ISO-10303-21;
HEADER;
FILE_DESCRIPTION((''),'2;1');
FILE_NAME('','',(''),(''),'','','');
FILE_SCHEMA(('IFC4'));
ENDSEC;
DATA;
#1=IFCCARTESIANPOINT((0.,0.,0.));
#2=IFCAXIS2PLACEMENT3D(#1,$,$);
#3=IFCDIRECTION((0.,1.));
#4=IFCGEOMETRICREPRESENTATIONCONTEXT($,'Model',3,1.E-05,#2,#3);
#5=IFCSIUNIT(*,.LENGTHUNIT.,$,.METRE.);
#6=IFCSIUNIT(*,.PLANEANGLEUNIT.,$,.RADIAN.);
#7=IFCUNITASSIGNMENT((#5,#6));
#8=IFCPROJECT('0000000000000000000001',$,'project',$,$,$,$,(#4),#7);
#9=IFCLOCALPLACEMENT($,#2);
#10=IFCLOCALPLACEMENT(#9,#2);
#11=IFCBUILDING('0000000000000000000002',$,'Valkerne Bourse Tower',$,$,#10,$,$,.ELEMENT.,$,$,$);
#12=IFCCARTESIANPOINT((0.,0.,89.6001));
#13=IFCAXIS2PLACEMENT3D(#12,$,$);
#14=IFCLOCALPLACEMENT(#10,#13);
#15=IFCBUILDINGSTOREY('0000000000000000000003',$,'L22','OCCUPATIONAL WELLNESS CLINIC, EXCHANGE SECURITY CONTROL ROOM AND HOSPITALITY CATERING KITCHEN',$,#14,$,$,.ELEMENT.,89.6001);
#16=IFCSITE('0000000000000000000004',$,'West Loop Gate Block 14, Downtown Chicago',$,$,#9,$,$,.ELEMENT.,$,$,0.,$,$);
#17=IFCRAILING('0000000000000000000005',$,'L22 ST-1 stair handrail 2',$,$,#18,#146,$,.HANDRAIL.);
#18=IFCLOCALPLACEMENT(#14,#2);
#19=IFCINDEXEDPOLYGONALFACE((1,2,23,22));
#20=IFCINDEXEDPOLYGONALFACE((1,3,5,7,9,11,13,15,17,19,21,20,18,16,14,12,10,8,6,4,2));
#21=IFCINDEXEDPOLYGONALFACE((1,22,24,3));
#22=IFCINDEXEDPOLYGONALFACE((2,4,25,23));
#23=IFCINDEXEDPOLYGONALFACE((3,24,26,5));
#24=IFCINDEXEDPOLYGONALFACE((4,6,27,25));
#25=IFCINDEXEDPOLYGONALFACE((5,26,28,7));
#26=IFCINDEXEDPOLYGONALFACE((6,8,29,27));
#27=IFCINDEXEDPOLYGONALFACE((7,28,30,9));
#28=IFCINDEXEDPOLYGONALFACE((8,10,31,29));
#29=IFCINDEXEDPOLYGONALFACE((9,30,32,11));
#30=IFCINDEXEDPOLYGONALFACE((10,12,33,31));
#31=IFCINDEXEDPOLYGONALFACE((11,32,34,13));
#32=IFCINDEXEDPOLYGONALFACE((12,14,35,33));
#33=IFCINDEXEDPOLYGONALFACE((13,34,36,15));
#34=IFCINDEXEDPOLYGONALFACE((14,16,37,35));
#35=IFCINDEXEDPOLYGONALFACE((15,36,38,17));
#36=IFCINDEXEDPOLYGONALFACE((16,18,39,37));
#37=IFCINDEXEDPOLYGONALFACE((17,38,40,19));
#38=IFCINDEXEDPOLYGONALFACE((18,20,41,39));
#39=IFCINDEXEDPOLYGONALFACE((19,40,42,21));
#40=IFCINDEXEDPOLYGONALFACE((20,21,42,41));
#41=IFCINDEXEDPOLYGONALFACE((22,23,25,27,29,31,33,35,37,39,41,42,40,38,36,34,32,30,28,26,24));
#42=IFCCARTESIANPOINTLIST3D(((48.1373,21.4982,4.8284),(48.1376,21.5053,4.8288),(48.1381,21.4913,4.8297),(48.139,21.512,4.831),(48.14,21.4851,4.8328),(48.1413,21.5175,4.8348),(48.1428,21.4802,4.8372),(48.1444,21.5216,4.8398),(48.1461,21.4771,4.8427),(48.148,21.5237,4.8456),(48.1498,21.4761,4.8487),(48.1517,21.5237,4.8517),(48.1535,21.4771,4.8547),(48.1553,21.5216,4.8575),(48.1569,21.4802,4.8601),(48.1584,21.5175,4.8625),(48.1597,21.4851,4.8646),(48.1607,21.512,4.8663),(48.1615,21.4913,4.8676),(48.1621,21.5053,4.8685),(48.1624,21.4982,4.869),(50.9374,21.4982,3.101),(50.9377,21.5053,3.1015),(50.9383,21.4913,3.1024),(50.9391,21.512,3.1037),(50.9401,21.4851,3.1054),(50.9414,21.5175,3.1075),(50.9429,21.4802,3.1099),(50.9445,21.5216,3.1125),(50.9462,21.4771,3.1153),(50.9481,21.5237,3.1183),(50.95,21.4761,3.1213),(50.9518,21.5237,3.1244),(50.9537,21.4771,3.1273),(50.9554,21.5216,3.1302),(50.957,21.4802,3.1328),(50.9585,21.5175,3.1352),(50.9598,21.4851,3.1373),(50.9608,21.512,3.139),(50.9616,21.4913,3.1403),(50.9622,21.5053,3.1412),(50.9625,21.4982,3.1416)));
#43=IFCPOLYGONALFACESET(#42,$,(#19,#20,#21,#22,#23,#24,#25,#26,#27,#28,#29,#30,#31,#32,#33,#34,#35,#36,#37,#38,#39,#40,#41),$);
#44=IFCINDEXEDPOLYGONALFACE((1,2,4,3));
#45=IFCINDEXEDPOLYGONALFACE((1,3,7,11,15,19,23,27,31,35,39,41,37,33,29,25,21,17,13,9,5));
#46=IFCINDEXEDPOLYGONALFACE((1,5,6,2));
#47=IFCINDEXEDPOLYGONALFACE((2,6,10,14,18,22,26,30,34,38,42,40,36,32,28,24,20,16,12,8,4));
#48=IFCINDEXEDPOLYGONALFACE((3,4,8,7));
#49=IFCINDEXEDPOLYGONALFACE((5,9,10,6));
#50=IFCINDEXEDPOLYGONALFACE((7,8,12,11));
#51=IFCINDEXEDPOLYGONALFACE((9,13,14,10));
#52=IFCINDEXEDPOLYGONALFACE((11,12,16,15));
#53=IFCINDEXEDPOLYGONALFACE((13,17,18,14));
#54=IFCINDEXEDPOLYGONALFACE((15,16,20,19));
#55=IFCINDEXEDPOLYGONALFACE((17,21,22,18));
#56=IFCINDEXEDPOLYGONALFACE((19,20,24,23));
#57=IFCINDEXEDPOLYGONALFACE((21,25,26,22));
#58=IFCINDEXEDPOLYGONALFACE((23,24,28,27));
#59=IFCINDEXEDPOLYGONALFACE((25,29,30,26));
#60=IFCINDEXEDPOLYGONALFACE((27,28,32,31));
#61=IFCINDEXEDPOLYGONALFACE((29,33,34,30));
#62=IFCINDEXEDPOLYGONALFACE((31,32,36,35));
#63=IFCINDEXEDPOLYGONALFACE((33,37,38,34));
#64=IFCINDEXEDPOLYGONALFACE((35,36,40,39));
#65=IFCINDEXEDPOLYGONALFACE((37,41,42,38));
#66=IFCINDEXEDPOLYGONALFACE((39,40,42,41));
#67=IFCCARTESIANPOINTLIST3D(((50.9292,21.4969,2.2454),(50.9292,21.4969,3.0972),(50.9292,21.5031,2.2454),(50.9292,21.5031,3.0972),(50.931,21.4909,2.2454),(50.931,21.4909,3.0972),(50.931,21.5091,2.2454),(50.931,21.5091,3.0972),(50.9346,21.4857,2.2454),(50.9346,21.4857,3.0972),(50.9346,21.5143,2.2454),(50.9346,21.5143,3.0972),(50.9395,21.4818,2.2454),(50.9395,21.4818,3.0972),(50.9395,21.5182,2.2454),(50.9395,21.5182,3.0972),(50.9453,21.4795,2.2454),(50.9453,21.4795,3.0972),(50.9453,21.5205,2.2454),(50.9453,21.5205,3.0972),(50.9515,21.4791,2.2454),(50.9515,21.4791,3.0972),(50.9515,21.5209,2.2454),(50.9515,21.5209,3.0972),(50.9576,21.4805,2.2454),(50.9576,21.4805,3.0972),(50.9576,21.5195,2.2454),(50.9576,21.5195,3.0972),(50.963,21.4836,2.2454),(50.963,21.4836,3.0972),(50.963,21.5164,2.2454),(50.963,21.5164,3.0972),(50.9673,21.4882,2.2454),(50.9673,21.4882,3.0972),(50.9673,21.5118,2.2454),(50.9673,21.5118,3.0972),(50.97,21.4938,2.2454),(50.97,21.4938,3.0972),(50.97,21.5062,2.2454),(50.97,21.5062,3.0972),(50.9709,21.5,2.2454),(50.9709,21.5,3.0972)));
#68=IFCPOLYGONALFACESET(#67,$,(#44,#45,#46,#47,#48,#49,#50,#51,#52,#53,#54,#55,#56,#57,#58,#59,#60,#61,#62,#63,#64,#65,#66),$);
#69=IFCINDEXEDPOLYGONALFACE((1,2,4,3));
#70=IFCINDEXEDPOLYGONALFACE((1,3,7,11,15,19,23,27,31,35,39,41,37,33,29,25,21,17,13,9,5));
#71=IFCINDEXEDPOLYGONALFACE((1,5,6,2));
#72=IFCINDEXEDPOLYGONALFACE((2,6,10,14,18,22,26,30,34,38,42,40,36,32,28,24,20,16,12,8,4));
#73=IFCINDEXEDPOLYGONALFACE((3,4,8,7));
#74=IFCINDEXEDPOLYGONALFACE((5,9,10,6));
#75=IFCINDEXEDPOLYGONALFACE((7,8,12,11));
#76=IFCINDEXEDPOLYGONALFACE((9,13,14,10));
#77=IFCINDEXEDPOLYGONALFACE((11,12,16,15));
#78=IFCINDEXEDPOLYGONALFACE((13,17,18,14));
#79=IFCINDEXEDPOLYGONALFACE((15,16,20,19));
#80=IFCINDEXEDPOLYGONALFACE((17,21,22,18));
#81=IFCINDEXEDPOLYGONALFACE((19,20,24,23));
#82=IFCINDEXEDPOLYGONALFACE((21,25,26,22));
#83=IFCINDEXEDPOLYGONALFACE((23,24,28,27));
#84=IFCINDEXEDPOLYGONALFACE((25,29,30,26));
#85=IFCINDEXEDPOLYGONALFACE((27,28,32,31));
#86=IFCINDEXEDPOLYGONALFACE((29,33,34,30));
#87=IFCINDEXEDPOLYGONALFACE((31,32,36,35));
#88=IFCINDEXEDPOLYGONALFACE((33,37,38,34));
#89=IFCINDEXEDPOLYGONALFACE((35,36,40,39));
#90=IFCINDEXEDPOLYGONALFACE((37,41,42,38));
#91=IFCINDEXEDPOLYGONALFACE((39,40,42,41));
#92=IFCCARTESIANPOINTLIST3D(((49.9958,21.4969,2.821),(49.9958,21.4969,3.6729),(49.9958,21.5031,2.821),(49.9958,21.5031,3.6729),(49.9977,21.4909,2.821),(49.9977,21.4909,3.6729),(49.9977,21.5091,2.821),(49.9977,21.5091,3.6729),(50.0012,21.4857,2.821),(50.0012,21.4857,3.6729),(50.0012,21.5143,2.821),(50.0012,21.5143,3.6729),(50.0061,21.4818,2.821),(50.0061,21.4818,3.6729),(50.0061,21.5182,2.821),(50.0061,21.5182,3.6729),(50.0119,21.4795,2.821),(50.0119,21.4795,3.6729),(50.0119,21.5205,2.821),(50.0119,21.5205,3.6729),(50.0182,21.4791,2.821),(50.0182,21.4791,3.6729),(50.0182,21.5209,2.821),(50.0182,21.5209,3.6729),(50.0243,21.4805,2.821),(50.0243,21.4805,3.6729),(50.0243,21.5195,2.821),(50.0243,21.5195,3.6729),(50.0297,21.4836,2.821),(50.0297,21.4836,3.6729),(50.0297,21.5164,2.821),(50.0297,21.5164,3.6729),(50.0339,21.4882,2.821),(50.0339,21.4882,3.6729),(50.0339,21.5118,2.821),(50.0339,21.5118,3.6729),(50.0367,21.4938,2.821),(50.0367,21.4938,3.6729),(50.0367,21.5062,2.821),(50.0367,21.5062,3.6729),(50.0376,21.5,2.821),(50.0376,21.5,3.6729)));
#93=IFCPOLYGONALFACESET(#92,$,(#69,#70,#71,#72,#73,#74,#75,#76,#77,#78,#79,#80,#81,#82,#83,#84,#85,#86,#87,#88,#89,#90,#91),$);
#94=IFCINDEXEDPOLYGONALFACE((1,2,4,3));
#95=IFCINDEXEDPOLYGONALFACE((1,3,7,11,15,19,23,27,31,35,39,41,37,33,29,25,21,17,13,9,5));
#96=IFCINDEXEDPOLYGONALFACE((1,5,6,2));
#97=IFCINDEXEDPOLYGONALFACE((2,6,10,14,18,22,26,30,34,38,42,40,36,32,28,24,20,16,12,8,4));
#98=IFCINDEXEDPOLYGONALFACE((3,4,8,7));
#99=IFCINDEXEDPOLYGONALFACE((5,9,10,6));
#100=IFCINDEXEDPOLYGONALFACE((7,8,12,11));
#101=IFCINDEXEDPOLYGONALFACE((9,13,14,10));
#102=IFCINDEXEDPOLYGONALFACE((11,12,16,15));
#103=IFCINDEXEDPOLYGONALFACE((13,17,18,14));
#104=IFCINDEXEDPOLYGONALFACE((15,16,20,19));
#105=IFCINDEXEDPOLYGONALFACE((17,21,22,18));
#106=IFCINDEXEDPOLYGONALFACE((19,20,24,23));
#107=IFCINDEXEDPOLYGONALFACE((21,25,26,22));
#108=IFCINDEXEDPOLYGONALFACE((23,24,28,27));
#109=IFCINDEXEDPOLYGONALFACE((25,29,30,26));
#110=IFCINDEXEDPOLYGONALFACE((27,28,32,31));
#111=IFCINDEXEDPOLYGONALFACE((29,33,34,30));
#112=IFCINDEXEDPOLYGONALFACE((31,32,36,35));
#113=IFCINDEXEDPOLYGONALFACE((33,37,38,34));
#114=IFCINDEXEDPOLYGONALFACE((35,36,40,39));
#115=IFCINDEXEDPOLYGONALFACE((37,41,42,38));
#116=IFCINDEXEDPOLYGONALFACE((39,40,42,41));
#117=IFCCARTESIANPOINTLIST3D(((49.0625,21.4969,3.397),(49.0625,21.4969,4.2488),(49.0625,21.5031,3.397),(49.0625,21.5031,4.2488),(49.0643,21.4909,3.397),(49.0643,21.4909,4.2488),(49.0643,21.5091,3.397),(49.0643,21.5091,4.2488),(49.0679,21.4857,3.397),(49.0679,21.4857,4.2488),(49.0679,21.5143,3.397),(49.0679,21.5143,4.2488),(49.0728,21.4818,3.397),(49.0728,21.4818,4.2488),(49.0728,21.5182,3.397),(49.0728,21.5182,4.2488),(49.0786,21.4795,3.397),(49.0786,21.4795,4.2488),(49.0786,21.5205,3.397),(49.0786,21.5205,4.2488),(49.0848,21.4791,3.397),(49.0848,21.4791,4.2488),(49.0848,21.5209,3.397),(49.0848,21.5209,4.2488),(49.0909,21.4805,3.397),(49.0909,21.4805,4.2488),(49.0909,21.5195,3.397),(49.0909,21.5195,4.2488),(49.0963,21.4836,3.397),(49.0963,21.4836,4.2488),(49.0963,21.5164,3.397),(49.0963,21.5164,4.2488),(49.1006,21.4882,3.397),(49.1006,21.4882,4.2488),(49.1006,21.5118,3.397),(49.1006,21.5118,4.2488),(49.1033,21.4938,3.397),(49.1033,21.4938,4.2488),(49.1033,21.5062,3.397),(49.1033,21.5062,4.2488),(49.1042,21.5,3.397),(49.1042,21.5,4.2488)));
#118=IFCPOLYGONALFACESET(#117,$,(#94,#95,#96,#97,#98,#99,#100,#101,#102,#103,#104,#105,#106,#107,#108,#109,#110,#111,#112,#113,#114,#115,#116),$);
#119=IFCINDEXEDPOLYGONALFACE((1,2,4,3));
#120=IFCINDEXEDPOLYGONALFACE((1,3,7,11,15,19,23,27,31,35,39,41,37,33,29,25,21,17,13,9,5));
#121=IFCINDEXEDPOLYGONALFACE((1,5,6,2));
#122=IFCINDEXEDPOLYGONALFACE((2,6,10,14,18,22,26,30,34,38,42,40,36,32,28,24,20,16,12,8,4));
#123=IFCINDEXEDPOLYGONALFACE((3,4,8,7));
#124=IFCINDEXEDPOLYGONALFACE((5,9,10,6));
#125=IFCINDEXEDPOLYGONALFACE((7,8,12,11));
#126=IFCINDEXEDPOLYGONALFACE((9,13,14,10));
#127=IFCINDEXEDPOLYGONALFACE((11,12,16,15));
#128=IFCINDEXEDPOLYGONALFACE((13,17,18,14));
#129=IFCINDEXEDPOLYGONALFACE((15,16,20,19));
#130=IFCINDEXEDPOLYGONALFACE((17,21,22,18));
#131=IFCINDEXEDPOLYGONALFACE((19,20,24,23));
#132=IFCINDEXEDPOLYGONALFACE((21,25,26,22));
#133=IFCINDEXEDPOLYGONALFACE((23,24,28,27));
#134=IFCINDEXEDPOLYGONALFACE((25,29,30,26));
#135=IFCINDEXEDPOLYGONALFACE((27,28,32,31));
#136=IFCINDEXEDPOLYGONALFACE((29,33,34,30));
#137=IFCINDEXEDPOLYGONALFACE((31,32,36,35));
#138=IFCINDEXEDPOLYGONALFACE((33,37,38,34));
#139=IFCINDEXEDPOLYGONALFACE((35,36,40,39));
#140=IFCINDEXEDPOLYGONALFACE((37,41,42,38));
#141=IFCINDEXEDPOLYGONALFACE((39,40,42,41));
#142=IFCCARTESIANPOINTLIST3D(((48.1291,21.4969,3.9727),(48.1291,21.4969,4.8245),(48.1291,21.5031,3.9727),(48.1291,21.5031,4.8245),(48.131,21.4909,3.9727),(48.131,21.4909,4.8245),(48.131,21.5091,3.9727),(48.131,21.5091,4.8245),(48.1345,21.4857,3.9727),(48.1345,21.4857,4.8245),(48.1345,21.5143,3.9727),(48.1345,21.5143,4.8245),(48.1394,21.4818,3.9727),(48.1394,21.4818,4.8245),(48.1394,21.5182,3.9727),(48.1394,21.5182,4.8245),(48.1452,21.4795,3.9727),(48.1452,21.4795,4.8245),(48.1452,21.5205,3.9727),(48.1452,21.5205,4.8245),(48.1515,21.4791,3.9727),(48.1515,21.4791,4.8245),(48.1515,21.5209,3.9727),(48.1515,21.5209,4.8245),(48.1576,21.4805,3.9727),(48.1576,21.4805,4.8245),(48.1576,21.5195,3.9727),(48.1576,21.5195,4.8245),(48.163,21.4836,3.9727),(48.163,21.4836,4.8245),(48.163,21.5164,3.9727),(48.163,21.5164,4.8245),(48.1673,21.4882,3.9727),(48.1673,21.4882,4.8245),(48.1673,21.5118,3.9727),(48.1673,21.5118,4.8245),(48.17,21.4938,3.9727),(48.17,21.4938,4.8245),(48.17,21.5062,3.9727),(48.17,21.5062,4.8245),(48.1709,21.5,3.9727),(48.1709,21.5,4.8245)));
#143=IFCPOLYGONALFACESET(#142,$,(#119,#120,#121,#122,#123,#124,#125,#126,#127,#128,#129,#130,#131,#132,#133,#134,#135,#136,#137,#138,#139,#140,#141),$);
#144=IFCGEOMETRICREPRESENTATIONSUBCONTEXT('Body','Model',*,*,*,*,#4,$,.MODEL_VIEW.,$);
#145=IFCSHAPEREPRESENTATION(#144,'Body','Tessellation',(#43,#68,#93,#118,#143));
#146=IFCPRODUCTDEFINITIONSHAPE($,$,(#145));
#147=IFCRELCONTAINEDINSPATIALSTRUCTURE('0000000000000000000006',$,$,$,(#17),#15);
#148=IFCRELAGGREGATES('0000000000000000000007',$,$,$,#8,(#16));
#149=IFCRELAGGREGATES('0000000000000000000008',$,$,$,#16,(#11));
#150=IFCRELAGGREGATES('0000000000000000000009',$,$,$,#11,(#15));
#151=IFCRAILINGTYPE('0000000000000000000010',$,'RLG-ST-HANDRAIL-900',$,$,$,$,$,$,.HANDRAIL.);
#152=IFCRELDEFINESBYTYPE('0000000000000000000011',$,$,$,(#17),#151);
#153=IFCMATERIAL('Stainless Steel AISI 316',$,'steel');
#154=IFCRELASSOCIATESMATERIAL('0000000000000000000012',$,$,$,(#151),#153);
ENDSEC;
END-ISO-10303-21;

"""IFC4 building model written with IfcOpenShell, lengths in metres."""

from ifc_helpers import new_model, si_unit, direction, frame, origin, origin_2d, place, context, subcontext, project, spatial, circle, extrude, material, type_object, element, save


model = new_model("IFC4")

# Units and contexts
model_context = context("Model", 3, precision=1e-05, world=origin(), true_north=direction((0.0, 1.0)))
body_context = subcontext(model_context, "Body", "Model", "MODEL_VIEW")
ifc_project = project(units=[si_unit("LENGTHUNIT", "METRE"), si_unit("PLANEANGLEUNIT", "RADIAN")], contexts=[model_context])

# Site, building, storey
site_placement = place(None, origin())
site = spatial("IfcSite", under=ifc_project, at=site_placement, Name="West Loop Gate Block 14, Downtown Chicago", CompositionType="ELEMENT", RefElevation=0.0)
building_placement = place(site_placement, origin())
building = spatial("IfcBuilding", under=site, at=building_placement, Name="Valkerne Bourse Tower", CompositionType="ELEMENT")
storey_placement = place(building_placement, frame((0.0, 0.0, 89.6001)))
storey = spatial("IfcBuildingStorey", under=building, at=storey_placement, Name="L22", Description="OCCUPATIONAL WELLNESS CLINIC, EXCHANGE SECURITY CONTROL ROOM AND HOSPITALITY CATERING KITCHEN", CompositionType="ELEMENT", Elevation=89.6001)

# Shared definitions
ifc_material_1 = material(Name="Stainless Steel AISI 316", Category="steel")

# Railing
railing_type_1 = type_object("IfcRailingType", Name="RLG-ST-HANDRAIL-900", PredefinedType="HANDRAIL", material=ifc_material_1)
railing_1_placement = place(storey_placement, frame((50.95, 21.5, 2.2454)))
element("IfcRailing", 1, at=railing_1_placement, inside=storey, type_object=railing_type_1, Name="L22 ST-1 stair handrail 2", PredefinedType="HANDRAIL", context=body_context, shape_type="SweptSolid", body=[
    extrude(circle(Radius=0.0239, at=origin_2d()), frame((0.0, 0.0, 0.876), z_axis=(-0.85109, 0.0, 0.52502), x_axis=(0.0, -1.0, 0.0)), (0.0, 0.0, 1.0), 3.29),
    extrude(circle(Radius=0.021, at=origin_2d()), origin(), (0.0, 0.0, 1.0), 0.8518),
    extrude(circle(Radius=0.021, at=origin_2d()), frame((-0.9333, 0.0, 0.5757)), (0.0, 0.0, 1.0), 0.8518),
    extrude(circle(Radius=0.021, at=origin_2d()), frame((-1.8667, 0.0, 1.1516)), (0.0, 0.0, 1.0), 0.8518),
    extrude(circle(Radius=0.021, at=origin_2d()), frame((-2.8, 0.0, 1.7273)), (0.0, 0.0, 1.0), 0.8518),
])

save(model, "model.ifc")
